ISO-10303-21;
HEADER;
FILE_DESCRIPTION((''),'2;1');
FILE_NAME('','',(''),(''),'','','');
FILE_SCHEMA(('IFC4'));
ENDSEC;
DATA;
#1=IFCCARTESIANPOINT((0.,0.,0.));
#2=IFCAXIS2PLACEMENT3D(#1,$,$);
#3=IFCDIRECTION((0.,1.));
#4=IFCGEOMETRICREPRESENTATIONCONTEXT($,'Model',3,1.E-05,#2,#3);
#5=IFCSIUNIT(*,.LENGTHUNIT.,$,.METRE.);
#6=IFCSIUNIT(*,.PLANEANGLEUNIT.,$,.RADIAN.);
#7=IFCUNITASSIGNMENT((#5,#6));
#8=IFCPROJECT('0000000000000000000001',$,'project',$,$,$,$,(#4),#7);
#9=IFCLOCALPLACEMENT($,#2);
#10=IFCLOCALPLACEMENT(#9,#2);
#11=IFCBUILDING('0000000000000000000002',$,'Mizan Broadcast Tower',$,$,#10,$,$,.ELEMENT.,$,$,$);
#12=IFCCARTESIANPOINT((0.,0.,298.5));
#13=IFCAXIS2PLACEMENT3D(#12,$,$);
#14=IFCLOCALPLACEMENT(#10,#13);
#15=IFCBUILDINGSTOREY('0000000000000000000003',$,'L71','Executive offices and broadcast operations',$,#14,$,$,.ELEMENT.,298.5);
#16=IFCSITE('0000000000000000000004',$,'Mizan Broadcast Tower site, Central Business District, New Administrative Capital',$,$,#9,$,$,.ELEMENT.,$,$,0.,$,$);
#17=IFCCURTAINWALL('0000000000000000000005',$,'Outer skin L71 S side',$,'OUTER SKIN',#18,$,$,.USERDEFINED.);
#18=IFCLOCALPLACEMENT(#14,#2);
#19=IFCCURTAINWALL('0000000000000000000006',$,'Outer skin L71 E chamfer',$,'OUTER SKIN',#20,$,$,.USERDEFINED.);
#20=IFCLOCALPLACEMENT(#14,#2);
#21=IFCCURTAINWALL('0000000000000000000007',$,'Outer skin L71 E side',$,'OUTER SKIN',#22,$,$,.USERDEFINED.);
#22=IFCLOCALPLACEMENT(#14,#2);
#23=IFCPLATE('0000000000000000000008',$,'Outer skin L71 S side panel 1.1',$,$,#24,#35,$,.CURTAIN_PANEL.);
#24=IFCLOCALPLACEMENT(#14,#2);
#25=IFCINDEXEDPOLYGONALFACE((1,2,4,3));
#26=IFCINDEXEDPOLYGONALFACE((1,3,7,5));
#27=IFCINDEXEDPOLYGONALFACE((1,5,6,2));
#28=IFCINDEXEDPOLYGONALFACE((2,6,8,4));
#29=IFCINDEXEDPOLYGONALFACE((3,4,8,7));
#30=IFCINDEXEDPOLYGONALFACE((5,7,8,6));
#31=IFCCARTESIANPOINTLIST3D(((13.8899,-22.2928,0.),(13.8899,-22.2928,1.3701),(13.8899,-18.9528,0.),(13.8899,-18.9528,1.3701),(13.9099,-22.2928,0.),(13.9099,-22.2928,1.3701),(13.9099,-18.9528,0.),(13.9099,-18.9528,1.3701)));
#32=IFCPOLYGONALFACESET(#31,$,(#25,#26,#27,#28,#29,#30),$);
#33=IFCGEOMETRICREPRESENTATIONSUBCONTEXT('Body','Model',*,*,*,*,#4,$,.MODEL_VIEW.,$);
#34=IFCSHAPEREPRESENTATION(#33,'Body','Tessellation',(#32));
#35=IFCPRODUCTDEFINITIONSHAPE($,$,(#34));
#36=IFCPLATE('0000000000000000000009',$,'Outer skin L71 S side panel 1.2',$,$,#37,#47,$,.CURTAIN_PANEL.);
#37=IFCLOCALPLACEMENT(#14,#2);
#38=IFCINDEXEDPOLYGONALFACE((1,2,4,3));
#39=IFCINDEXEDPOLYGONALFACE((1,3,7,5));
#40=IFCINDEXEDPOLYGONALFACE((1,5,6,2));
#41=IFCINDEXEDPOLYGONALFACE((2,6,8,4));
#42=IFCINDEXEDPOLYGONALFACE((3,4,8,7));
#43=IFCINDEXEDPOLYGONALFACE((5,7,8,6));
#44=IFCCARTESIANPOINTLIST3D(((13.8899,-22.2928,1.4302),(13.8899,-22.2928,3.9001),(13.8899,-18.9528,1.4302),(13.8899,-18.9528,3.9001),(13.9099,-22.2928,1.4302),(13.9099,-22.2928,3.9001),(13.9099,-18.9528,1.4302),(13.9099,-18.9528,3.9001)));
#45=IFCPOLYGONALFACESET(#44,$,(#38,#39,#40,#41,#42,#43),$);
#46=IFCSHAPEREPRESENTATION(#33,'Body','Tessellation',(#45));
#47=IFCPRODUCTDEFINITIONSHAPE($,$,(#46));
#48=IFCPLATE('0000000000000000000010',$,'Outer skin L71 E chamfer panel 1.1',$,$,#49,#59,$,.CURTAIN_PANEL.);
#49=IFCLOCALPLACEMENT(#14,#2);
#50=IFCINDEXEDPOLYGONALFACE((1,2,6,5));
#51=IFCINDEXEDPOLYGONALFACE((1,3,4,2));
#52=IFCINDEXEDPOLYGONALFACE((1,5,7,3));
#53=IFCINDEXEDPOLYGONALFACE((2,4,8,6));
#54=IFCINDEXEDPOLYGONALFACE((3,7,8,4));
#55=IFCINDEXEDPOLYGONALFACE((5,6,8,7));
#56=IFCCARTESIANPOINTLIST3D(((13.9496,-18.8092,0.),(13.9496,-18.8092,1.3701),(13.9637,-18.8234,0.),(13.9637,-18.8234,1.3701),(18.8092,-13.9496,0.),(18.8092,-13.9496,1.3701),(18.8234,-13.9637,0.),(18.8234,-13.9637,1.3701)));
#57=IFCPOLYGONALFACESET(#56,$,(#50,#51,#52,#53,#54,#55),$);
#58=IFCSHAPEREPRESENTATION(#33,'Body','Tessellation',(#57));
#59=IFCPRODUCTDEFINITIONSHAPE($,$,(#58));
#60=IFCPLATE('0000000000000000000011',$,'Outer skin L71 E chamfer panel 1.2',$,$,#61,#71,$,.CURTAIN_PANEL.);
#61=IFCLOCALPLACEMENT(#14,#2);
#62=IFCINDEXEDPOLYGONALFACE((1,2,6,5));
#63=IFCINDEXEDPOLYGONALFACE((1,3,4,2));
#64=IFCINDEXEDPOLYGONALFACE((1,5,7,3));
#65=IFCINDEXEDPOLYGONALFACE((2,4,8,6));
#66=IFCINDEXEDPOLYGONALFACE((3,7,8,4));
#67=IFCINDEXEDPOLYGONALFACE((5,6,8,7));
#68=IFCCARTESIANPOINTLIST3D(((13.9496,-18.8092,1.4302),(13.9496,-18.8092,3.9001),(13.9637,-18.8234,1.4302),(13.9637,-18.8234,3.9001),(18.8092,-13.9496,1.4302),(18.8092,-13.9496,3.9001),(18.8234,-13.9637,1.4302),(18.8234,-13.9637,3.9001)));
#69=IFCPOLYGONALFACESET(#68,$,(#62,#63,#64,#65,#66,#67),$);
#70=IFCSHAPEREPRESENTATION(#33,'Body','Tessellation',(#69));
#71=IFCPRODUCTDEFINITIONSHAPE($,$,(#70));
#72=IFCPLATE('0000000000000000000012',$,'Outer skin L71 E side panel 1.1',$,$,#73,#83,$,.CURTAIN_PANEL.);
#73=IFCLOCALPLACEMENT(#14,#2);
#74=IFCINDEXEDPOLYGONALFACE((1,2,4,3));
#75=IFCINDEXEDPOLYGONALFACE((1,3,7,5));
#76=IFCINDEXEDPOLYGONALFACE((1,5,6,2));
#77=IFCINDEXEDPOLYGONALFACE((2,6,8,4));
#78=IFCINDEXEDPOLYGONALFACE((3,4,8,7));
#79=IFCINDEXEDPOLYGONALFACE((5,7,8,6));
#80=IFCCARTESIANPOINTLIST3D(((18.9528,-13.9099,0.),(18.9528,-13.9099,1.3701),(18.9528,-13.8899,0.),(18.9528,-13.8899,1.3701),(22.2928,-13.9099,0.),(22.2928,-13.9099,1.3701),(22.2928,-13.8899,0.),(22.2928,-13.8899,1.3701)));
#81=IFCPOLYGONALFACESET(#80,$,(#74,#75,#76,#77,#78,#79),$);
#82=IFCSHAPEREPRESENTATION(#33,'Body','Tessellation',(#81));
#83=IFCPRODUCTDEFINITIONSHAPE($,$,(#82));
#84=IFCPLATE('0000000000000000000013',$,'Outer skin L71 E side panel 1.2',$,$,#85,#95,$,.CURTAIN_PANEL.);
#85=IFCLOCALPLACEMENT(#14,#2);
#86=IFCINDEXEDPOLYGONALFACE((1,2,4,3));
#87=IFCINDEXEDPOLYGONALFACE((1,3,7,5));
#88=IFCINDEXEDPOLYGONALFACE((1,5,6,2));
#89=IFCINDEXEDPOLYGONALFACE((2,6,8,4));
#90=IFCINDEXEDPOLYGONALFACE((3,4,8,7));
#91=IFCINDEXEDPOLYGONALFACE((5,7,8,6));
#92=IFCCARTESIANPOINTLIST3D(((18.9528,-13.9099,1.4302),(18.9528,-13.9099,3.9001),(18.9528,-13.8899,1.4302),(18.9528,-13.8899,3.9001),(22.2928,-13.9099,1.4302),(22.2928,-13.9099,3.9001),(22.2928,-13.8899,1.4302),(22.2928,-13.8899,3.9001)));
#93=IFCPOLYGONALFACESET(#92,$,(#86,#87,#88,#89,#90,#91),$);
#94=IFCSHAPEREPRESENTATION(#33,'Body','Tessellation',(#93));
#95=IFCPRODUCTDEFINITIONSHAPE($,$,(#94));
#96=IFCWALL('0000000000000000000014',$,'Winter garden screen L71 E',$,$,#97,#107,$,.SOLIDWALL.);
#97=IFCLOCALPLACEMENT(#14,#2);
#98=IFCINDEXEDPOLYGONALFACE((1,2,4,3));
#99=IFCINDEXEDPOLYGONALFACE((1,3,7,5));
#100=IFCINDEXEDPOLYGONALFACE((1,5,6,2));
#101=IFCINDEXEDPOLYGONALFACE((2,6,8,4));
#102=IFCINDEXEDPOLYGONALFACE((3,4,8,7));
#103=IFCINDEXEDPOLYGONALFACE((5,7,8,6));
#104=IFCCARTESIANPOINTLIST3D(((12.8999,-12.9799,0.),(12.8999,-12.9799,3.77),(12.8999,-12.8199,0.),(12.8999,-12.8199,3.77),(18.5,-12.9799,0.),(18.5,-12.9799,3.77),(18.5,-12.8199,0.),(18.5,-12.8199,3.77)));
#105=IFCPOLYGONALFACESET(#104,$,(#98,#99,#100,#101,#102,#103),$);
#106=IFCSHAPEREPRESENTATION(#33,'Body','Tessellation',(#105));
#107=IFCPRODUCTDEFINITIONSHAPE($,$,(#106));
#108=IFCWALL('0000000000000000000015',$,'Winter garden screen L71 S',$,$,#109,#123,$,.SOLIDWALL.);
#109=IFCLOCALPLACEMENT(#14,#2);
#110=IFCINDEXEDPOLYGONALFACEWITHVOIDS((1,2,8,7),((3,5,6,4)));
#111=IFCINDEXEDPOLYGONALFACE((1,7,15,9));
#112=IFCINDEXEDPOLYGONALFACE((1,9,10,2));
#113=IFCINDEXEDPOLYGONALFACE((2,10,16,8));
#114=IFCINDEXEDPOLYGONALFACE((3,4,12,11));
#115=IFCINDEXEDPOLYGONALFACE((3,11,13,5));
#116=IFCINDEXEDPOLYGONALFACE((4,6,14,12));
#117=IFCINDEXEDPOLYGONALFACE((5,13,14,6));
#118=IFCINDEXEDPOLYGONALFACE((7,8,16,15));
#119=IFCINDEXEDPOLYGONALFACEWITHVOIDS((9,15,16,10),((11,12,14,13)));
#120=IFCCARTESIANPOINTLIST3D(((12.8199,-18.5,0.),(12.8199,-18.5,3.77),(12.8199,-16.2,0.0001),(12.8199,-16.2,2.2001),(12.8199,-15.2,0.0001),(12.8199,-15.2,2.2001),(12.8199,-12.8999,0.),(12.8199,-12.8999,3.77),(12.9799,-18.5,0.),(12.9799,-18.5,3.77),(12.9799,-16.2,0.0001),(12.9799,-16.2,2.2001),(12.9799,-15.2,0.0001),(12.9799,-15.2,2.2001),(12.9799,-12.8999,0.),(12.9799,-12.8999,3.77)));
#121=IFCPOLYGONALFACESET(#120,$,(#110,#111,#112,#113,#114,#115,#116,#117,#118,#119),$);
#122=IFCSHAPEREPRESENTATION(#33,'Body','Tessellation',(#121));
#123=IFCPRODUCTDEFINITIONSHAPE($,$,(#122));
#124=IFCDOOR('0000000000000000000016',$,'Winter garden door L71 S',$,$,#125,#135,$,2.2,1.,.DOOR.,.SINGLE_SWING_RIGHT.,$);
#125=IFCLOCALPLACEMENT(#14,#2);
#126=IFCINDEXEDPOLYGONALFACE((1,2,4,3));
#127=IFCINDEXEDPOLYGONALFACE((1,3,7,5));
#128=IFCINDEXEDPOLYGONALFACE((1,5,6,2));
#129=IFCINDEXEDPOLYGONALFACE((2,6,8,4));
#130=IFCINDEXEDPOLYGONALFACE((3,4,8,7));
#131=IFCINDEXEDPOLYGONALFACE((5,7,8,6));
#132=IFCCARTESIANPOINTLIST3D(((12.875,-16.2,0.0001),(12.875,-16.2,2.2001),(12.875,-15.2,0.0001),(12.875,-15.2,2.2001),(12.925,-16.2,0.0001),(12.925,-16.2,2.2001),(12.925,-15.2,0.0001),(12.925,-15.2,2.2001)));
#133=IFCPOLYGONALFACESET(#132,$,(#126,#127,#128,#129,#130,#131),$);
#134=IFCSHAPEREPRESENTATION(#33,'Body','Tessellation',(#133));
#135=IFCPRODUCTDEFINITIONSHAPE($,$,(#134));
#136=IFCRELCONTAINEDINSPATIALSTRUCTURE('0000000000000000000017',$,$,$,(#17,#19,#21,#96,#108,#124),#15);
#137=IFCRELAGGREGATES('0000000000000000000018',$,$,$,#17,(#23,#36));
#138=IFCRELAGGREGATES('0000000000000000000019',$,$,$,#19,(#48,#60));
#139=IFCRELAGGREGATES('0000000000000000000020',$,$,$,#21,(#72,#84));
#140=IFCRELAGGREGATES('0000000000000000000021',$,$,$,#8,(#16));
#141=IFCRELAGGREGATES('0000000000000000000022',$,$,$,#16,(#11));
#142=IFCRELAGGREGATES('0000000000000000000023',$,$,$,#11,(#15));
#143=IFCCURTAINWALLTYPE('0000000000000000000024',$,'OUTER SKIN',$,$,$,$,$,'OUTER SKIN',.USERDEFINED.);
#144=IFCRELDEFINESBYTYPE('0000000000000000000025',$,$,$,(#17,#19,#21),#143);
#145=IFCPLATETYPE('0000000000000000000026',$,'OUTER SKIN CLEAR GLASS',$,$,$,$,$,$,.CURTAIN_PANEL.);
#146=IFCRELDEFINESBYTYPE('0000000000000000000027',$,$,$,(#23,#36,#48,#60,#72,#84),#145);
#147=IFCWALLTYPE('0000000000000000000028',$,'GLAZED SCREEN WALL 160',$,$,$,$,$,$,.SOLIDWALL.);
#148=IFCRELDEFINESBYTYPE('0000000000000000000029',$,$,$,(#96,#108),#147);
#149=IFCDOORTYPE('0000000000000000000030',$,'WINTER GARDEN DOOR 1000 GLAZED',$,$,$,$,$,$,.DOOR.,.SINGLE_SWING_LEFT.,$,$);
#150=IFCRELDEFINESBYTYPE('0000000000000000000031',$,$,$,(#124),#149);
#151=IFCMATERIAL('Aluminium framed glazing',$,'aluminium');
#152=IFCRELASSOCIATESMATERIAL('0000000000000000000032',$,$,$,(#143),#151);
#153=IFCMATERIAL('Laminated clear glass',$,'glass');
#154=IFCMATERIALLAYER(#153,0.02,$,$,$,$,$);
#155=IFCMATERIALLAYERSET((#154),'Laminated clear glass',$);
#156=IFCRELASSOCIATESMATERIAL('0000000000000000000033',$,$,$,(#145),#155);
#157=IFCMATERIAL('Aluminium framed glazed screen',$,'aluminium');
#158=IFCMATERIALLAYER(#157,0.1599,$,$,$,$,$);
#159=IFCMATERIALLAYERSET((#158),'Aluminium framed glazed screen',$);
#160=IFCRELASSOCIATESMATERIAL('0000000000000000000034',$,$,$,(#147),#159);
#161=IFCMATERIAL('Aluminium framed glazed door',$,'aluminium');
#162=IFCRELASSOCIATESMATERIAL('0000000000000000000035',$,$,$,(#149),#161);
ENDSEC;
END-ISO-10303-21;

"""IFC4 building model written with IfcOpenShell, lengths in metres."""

from ifc_helpers import new_model, si_unit, direction, frame, frame_2d, origin, origin_2d, place, context, subcontext, project, spatial, rectangle, extrude, material, layer, layer_set, type_object, element, fill, aggregate, save


model = new_model("IFC4")

# Units and contexts
model_context = context("Model", 3, precision=1e-05, world=origin(), true_north=direction((0.0, 1.0)))
body_context = subcontext(model_context, "Body", "Model", "MODEL_VIEW")
ifc_project = project(units=[si_unit("LENGTHUNIT", "METRE"), si_unit("PLANEANGLEUNIT", "RADIAN")], contexts=[model_context])

# Site, building, storey
site_placement = place(None, origin())
site = spatial("IfcSite", under=ifc_project, at=site_placement, Name="Mizan Broadcast Tower site, Central Business District, New Administrative Capital", CompositionType="ELEMENT", RefElevation=0.0)
building_placement = place(site_placement, origin())
building = spatial("IfcBuilding", under=site, at=building_placement, Name="Mizan Broadcast Tower", CompositionType="ELEMENT")
storey_placement = place(building_placement, frame((0.0, 0.0, 298.5)))
storey = spatial("IfcBuildingStorey", under=building, at=storey_placement, Name="L71", Description="Executive offices and broadcast operations", CompositionType="ELEMENT", Elevation=298.5)

# Curtain walls
ifc_material_1 = material(Name="Aluminium framed glazing", Category="aluminium")
curtain_wall_type_1 = type_object("IfcCurtainWallType", Name="OUTER SKIN", ElementType="OUTER SKIN", PredefinedType="USERDEFINED", material=ifc_material_1)
curtain_wall_1_placement = place(storey_placement, origin())
curtain_wall_1 = element("IfcCurtainWall", 1, at=curtain_wall_1_placement, inside=storey, type_object=curtain_wall_type_1, Name="Outer skin L71 S side", ObjectType="OUTER SKIN", PredefinedType="USERDEFINED")
curtain_wall_2_placement = place(storey_placement, origin())
curtain_wall_2 = element("IfcCurtainWall", 2, at=curtain_wall_2_placement, inside=storey, type_object=curtain_wall_type_1, Name="Outer skin L71 E chamfer", ObjectType="OUTER SKIN", PredefinedType="USERDEFINED")
curtain_wall_3_placement = place(storey_placement, origin())
curtain_wall_3 = element("IfcCurtainWall", 3, at=curtain_wall_3_placement, inside=storey, type_object=curtain_wall_type_1, Name="Outer skin L71 E side", ObjectType="OUTER SKIN", PredefinedType="USERDEFINED")

# Plates
ifc_material_2 = material(Name="Laminated clear glass", Category="glass")
ifc_layer_1 = layer(ifc_material_2, 0.02)
ifc_layer_set_1 = layer_set([ifc_layer_1], Name="Laminated clear glass")
plate_type_1 = type_object("IfcPlateType", Name="OUTER SKIN CLEAR GLASS", PredefinedType="CURTAIN_PANEL", material=ifc_layer_set_1)
plate_1_placement = place(storey_placement, frame((13.8999, -20.6228, 0.0), z_axis=(0.0, 0.0, 1.0), x_axis=(0.0, 1.0, 0.0)))
plate_1 = element("IfcPlate", 4, at=plate_1_placement, type_object=plate_type_1, Name="Outer skin L71 S side panel 1.1", PredefinedType="CURTAIN_PANEL", context=body_context, shape_type="SweptSolid", body=[
    extrude(rectangle(XDim=3.3401, YDim=0.02, at=origin_2d()), origin(), (0.0, 0.0, 1.0), 1.3701),
])
plate_2_placement = place(storey_placement, frame((13.8999, -20.6228, 1.4302), z_axis=(0.0, 0.0, 1.0), x_axis=(0.0, 1.0, 0.0)))
plate_2 = element("IfcPlate", 5, at=plate_2_placement, type_object=plate_type_1, Name="Outer skin L71 S side panel 1.2", PredefinedType="CURTAIN_PANEL", context=body_context, shape_type="SweptSolid", body=[
    extrude(rectangle(XDim=3.3401, YDim=0.02, at=origin_2d()), origin(), (0.0, 0.0, 1.0), 2.47),
])
aggregate(curtain_wall_1, [plate_1, plate_2])
plate_3_placement = place(storey_placement, frame((16.3865, -16.3865, 0.0), z_axis=(0.0, 0.0, 1.0), x_axis=(0.707107, 0.707107, 0.0)))
plate_3 = element("IfcPlate", 6, at=plate_3_placement, type_object=plate_type_1, Name="Outer skin L71 E chamfer panel 1.1", PredefinedType="CURTAIN_PANEL", context=body_context, shape_type="SweptSolid", body=[
    extrude(rectangle(XDim=6.8726, YDim=0.02, at=origin_2d()), origin(), (0.0, 0.0, 1.0), 1.3701),
])
plate_4_placement = place(storey_placement, frame((16.3865, -16.3865, 1.4302), z_axis=(0.0, 0.0, 1.0), x_axis=(0.707107, 0.707107, 0.0)))
plate_4 = element("IfcPlate", 7, at=plate_4_placement, type_object=plate_type_1, Name="Outer skin L71 E chamfer panel 1.2", PredefinedType="CURTAIN_PANEL", context=body_context, shape_type="SweptSolid", body=[
    extrude(rectangle(XDim=6.8726, YDim=0.02, at=origin_2d()), origin(), (0.0, 0.0, 1.0), 2.47),
])
aggregate(curtain_wall_2, [plate_3, plate_4])
plate_5_placement = place(storey_placement, frame((20.6228, -13.8999, 0.0), z_axis=(0.0, 0.0, 1.0), x_axis=(1.0, 0.0, 0.0)))
plate_5 = element("IfcPlate", 8, at=plate_5_placement, type_object=plate_type_1, Name="Outer skin L71 E side panel 1.1", PredefinedType="CURTAIN_PANEL", context=body_context, shape_type="SweptSolid", body=[
    extrude(rectangle(XDim=3.3401, YDim=0.02, at=origin_2d()), origin(), (0.0, 0.0, 1.0), 1.3701),
])
plate_6_placement = place(storey_placement, frame((20.6228, -13.8999, 1.4302), z_axis=(0.0, 0.0, 1.0), x_axis=(1.0, 0.0, 0.0)))
plate_6 = element("IfcPlate", 9, at=plate_6_placement, type_object=plate_type_1, Name="Outer skin L71 E side panel 1.2", PredefinedType="CURTAIN_PANEL", context=body_context, shape_type="SweptSolid", body=[
    extrude(rectangle(XDim=3.3401, YDim=0.02, at=origin_2d()), origin(), (0.0, 0.0, 1.0), 2.47),
])
aggregate(curtain_wall_3, [plate_5, plate_6])

# Wall
ifc_material_3 = material(Name="Aluminium framed glazed screen", Category="aluminium")
ifc_layer_2 = layer(ifc_material_3, 0.1599)
ifc_layer_set_2 = layer_set([ifc_layer_2], Name="Aluminium framed glazed screen")
wall_type = type_object("IfcWallType", Name="GLAZED SCREEN WALL 160", PredefinedType="SOLIDWALL", material=ifc_layer_set_2)
wall_1_placement = place(storey_placement, frame((12.8999, -12.8999, 0.0), z_axis=(0.0, 0.0, 1.0), x_axis=(1.0, 0.0, 0.0)))
element("IfcWall", 10, at=wall_1_placement, inside=storey, type_object=wall_type, Name="Winter garden screen L71 E", PredefinedType="SOLIDWALL", context=body_context, shape_type="SweptSolid", body=[
    extrude(rectangle(XDim=5.6001, YDim=0.1599, at=frame_2d((2.8, 0.0))), origin(), (0.0, 0.0, 1.0), 3.77),
])

# Wall, opening, door
wall_2_placement = place(storey_placement, frame((12.8999, -18.5, 0.0), z_axis=(0.0, 0.0, 1.0), x_axis=(0.0, 1.0, 0.0)))
wall_2 = element("IfcWall", 11, at=wall_2_placement, inside=storey, type_object=wall_type, Name="Winter garden screen L71 S", PredefinedType="SOLIDWALL", context=body_context, shape_type="SweptSolid", body=[
    extrude(rectangle(XDim=5.6001, YDim=0.1599, at=frame_2d((2.8, 0.0))), origin(), (0.0, 0.0, 1.0), 3.77),
])
opening_placement = place(wall_2_placement, frame((2.3, 0.0, 0.0)))
opening = element("IfcOpeningElement", 12, at=opening_placement, cuts=wall_2, PredefinedType="OPENING", context=body_context, shape_type="SweptSolid", body=[
    extrude(rectangle(XDim=1.0, YDim=2.2, at=frame_2d((0.5, 1.1001))), frame((0.0, 0.0898, 0.0), z_axis=(0.0, -1.0, 0.0), x_axis=(1.0, 0.0, 0.0)), (0.0, 0.0, 1.0), 0.1799),
])
ifc_material_4 = material(Name="Aluminium framed glazed door", Category="aluminium")
door_type = type_object("IfcDoorType", Name="WINTER GARDEN DOOR 1000 GLAZED", OperationType="SINGLE_SWING_LEFT", PredefinedType="DOOR", material=ifc_material_4)
door_placement = place(opening_placement, origin())
door = element("IfcDoor", 13, at=door_placement, inside=storey, type_object=door_type, Name="Winter garden door L71 S", OperationType="SINGLE_SWING_RIGHT", OverallHeight=2.2, OverallWidth=1.0, PredefinedType="DOOR", context=body_context, shape_type="SweptSolid", body=[
    extrude(rectangle(XDim=1.0, YDim=2.2, at=frame_2d((0.5, 1.1001))), frame((0.0, 0.0249, 0.0), z_axis=(0.0, -1.0, 0.0), x_axis=(1.0, 0.0, 0.0)), (0.0, 0.0, 1.0), 0.05),
])
fill(opening, door)

save(model, "model.ifc")
